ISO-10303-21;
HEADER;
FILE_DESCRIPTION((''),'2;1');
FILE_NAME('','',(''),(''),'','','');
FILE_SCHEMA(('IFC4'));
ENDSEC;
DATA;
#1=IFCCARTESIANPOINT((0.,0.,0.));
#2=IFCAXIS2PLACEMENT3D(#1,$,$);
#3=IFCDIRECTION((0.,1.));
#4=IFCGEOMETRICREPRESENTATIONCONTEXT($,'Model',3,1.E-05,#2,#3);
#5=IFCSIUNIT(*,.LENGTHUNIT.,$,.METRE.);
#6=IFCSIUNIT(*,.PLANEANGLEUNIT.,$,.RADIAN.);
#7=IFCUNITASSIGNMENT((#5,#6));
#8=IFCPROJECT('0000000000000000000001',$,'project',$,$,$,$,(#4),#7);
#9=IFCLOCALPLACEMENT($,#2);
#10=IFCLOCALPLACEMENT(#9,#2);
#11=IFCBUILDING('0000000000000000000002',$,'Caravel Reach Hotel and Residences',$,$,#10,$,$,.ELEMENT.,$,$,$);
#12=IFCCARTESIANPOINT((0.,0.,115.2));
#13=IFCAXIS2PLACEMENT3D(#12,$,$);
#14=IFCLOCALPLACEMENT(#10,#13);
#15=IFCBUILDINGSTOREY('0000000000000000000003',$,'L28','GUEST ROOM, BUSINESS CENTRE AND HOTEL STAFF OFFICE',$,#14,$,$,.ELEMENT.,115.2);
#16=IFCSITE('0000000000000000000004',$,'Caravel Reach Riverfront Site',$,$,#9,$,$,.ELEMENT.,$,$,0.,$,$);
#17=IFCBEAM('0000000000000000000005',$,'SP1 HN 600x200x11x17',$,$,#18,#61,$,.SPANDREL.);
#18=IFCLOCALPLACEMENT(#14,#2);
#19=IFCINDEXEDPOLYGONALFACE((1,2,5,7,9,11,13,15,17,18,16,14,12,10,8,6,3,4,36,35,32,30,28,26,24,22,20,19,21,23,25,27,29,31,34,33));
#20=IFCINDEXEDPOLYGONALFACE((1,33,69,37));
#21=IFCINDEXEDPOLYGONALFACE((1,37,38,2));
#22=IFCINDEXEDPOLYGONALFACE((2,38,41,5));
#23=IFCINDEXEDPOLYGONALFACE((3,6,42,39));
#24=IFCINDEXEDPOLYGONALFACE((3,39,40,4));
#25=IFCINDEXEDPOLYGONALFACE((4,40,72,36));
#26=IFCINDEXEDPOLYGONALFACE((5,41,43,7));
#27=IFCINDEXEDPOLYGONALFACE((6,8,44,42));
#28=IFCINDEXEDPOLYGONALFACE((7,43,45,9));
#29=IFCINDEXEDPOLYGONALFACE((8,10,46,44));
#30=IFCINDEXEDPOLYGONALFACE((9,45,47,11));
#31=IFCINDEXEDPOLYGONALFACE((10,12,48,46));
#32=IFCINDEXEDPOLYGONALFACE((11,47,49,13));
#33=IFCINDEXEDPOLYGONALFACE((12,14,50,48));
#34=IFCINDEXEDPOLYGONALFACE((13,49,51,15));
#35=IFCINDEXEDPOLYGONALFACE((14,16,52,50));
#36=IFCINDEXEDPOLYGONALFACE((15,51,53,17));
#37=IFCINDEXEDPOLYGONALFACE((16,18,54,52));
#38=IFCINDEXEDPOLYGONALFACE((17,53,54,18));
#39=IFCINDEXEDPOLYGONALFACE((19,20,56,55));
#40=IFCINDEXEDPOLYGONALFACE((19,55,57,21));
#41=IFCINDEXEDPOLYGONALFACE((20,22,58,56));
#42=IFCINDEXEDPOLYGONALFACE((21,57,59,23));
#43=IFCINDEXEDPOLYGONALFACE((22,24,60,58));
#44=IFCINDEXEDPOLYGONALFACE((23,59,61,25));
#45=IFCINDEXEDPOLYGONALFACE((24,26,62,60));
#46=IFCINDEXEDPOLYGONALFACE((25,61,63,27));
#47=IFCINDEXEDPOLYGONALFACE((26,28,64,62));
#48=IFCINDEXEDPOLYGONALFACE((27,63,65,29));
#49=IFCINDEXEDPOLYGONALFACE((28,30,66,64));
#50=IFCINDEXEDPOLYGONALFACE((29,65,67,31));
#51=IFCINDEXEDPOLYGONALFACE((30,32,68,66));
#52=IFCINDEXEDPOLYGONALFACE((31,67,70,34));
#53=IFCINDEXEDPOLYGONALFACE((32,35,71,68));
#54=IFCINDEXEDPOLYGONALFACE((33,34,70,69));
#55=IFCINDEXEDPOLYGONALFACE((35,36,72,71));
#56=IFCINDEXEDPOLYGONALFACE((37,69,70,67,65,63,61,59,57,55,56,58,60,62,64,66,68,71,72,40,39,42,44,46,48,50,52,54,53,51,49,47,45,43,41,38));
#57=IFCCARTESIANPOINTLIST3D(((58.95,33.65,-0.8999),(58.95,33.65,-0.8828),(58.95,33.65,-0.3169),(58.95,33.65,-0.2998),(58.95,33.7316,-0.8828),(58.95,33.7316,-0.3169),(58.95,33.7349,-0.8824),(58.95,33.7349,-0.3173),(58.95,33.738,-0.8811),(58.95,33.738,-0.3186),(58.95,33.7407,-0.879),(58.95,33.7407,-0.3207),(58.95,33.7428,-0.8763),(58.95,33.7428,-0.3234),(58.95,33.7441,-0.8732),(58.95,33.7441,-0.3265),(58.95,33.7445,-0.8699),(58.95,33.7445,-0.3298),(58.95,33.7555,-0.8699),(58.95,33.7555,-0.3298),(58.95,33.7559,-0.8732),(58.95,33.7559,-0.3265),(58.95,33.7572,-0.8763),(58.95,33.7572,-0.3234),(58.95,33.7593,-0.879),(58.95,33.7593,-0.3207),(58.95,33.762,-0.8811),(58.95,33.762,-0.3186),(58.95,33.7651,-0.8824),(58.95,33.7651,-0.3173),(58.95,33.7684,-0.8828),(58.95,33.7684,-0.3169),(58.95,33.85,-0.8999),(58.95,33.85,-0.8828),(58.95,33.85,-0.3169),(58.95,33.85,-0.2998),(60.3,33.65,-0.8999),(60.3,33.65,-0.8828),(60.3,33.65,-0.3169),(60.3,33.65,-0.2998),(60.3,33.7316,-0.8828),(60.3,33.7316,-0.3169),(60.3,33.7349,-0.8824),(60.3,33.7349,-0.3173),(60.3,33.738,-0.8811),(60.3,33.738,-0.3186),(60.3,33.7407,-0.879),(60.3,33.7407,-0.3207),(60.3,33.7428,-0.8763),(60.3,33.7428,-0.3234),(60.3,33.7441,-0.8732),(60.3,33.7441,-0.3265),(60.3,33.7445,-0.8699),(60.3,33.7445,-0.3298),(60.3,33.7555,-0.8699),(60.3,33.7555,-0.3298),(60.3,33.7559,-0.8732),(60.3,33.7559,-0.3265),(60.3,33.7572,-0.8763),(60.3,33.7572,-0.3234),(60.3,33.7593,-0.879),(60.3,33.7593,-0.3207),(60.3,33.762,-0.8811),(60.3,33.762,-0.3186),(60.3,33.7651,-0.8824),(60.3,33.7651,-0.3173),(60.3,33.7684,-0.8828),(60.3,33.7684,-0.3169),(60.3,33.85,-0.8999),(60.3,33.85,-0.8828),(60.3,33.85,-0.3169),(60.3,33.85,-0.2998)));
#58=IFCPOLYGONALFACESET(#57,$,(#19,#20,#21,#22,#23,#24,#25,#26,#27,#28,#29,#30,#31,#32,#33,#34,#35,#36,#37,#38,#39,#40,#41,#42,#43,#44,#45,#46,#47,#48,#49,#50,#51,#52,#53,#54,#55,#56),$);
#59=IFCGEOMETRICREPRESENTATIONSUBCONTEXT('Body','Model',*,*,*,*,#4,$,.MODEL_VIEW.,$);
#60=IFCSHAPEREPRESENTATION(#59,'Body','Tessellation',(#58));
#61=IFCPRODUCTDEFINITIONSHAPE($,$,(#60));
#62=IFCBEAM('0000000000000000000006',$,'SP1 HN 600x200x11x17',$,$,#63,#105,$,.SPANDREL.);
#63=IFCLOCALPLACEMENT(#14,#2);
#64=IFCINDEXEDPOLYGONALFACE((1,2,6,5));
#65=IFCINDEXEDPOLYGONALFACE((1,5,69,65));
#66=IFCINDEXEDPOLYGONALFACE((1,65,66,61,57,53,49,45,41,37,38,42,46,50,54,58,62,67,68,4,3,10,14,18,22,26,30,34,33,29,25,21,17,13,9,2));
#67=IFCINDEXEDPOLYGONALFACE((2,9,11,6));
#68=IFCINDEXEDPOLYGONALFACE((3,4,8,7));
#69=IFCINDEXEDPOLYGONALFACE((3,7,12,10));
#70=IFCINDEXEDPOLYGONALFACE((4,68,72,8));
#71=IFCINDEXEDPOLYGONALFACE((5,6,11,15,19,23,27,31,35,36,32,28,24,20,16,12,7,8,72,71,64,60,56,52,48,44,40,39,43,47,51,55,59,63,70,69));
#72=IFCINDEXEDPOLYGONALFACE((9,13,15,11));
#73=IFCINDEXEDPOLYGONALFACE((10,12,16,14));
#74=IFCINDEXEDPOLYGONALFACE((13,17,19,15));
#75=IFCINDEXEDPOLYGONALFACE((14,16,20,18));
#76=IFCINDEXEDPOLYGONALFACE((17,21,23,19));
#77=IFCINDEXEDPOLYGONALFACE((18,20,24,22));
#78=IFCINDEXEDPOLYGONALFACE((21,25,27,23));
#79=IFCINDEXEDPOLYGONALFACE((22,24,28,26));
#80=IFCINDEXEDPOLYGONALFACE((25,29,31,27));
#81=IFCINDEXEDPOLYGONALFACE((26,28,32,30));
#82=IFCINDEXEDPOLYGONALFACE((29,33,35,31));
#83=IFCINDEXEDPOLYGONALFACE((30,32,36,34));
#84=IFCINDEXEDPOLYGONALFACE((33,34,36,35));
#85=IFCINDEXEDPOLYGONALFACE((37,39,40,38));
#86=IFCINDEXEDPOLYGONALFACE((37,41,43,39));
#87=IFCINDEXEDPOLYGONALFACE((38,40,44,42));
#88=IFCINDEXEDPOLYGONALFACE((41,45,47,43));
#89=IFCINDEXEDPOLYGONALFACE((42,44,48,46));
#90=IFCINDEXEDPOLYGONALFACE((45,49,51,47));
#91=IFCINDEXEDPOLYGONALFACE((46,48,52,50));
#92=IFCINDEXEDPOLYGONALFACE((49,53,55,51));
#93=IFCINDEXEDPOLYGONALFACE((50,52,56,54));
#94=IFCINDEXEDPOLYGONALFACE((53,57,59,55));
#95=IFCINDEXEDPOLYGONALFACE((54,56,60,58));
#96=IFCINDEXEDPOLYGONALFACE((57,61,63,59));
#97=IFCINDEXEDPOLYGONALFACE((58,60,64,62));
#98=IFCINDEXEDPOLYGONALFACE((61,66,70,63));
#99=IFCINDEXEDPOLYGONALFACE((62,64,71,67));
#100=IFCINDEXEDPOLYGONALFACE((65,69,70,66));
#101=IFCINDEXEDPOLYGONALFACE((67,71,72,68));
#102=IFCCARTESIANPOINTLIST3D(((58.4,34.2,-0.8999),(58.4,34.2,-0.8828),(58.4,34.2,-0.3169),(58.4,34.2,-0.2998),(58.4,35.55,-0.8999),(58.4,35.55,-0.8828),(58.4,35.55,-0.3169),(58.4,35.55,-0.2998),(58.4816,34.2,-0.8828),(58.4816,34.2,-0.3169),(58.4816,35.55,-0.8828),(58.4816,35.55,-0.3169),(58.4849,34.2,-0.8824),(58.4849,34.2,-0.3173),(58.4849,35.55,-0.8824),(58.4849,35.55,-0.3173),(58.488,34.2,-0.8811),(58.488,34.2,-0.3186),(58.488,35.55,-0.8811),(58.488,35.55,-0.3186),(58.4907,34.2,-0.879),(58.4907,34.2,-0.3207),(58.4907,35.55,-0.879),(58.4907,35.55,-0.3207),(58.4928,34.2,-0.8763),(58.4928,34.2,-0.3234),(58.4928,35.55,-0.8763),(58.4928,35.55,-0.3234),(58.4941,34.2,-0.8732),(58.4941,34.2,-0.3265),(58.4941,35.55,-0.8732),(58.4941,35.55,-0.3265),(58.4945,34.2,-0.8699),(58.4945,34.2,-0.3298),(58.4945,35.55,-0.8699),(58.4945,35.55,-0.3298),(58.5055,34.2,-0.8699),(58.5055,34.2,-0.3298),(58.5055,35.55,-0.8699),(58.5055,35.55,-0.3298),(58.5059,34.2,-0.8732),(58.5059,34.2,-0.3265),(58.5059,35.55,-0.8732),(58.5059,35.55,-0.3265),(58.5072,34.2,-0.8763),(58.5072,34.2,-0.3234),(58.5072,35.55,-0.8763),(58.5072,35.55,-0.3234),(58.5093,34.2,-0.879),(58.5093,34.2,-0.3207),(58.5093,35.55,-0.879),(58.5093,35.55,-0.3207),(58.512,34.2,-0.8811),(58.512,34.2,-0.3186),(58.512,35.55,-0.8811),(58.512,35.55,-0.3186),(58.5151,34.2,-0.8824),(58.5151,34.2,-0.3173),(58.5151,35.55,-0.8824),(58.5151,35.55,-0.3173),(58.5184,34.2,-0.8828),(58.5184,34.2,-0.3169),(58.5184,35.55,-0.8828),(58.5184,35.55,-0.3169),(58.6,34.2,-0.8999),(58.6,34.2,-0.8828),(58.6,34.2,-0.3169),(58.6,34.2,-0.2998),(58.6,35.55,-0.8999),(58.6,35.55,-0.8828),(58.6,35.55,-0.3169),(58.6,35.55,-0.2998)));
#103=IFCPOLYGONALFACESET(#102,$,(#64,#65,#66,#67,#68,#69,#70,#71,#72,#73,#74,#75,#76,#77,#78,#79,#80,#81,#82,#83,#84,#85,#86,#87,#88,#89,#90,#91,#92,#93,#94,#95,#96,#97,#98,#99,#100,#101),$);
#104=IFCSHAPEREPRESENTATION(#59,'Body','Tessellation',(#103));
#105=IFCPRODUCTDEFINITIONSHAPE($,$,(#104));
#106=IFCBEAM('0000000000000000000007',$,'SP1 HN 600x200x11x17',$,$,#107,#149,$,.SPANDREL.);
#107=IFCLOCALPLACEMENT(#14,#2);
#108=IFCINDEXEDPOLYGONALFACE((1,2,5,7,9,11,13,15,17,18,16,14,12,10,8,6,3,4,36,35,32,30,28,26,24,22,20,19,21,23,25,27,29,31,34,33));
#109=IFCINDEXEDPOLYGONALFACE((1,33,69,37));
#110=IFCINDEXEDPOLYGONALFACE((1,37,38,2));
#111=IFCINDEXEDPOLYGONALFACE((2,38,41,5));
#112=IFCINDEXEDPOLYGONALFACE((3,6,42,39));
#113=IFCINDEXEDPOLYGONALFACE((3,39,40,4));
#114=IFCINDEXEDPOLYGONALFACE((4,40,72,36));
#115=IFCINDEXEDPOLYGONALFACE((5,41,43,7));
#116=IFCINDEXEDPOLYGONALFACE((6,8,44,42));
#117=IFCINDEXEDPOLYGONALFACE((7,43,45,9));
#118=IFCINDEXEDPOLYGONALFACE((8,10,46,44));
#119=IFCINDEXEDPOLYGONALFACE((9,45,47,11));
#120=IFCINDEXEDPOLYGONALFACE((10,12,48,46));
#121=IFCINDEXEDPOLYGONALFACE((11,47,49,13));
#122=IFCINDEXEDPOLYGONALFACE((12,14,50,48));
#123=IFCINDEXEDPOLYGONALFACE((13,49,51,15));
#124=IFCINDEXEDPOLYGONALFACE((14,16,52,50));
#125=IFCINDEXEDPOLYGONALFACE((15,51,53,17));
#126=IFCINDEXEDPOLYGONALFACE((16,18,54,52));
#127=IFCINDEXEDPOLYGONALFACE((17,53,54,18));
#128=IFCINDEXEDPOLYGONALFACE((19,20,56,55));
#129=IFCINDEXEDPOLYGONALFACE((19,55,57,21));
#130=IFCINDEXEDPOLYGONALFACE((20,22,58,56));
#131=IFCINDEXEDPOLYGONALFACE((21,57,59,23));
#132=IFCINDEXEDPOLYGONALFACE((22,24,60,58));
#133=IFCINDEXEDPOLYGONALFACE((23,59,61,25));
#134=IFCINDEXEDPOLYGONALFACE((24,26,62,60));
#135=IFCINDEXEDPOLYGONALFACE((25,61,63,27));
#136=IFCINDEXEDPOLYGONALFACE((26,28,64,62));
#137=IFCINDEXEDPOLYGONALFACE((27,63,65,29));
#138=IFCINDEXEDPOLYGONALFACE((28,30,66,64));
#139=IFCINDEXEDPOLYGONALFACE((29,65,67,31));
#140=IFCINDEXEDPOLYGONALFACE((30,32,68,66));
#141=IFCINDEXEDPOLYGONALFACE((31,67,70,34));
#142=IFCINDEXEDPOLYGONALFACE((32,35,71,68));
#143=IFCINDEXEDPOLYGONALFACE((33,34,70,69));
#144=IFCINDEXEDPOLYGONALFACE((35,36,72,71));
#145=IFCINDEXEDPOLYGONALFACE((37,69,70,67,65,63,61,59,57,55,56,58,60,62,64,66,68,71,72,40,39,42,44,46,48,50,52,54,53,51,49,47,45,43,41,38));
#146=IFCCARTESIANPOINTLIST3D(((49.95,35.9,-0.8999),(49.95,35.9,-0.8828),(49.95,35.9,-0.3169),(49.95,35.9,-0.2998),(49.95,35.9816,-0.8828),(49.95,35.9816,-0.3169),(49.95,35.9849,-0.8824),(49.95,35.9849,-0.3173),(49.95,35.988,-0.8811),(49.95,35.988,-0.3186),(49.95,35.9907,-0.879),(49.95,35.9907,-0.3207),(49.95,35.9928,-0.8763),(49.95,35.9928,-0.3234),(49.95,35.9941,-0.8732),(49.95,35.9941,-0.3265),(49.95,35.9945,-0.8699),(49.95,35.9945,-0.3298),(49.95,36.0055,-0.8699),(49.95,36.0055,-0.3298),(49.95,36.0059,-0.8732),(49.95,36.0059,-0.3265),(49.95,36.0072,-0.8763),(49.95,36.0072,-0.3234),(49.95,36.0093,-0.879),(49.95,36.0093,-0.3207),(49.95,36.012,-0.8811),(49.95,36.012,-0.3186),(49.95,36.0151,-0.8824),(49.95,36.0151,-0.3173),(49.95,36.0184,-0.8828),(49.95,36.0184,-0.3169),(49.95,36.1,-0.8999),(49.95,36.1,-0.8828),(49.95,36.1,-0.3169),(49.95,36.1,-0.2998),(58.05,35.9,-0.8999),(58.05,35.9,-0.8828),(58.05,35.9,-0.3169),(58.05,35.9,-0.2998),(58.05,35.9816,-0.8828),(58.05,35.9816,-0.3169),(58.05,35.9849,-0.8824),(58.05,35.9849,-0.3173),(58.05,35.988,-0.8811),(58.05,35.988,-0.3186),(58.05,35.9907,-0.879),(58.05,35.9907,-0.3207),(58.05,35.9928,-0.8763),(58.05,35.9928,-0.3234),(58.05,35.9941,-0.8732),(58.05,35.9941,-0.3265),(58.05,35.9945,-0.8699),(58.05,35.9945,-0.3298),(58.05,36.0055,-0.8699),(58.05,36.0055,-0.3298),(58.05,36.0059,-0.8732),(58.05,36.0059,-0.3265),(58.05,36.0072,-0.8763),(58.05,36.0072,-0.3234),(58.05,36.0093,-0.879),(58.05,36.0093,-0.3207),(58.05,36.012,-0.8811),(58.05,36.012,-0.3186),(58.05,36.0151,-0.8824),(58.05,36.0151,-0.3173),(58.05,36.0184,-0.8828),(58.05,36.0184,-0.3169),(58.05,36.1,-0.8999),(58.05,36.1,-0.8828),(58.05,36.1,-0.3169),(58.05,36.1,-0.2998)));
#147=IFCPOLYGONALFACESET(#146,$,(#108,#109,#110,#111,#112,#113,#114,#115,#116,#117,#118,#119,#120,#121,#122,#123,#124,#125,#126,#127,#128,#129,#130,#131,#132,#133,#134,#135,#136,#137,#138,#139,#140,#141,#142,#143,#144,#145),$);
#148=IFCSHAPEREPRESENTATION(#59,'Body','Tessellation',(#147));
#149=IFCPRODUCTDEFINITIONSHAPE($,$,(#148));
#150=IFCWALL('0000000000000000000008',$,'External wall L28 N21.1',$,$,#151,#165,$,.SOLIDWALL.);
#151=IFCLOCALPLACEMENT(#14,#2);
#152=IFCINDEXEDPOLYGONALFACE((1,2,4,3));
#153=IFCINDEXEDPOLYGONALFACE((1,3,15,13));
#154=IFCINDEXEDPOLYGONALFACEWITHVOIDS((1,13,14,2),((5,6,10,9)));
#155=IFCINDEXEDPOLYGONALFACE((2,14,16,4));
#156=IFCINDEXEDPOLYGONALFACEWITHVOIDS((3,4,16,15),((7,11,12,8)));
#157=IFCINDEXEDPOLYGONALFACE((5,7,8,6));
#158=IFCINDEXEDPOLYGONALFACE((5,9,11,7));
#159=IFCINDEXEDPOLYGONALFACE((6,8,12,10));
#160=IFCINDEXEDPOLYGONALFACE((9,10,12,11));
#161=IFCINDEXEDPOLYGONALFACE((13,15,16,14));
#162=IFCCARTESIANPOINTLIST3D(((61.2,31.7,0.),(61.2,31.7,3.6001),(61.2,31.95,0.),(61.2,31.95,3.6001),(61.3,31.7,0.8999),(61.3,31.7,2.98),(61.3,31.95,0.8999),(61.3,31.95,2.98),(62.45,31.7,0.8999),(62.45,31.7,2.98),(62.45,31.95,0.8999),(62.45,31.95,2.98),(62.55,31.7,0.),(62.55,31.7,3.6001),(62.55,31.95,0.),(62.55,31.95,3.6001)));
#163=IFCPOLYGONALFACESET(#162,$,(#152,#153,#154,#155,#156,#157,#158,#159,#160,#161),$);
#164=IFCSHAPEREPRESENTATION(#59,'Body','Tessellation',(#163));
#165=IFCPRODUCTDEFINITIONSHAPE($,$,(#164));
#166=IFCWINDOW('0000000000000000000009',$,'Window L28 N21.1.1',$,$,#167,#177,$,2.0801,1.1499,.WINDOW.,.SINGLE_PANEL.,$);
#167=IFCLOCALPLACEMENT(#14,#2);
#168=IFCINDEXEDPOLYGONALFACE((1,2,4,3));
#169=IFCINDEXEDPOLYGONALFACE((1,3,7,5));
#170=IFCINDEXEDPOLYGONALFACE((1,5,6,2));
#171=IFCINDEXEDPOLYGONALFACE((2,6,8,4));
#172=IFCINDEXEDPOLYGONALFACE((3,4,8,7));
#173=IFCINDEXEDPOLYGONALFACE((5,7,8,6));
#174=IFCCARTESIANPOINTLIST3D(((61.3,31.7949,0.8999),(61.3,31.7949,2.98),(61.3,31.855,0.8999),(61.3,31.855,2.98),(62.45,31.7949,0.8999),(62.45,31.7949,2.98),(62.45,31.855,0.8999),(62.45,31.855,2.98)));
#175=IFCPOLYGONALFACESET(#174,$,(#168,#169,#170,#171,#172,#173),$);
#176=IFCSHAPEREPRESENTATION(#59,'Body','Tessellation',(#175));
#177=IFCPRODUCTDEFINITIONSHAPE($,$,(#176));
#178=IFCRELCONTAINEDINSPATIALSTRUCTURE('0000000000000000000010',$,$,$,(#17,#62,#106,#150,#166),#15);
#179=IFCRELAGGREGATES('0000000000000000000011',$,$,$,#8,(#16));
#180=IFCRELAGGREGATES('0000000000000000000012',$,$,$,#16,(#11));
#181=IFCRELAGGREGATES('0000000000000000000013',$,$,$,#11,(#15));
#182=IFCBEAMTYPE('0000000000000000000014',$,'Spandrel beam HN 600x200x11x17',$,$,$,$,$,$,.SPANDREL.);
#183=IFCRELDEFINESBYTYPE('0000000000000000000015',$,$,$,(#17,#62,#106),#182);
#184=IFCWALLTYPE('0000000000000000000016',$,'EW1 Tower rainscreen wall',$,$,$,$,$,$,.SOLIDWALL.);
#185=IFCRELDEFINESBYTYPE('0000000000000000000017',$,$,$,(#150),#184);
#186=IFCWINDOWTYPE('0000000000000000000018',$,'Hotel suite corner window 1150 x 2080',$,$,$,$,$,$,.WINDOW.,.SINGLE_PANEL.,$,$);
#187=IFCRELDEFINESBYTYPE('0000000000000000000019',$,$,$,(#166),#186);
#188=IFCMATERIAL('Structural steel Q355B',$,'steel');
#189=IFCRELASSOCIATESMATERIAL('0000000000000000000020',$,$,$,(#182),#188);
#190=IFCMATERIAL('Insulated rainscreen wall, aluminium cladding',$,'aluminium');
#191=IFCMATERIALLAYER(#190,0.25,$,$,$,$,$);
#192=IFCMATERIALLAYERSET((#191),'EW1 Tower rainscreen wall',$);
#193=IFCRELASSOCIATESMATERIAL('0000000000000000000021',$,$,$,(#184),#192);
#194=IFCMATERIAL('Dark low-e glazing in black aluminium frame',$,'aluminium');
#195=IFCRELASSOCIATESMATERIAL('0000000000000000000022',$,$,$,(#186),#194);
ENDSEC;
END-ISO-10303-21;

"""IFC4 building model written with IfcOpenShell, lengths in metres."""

from ifc_helpers import new_model, si_unit, direction, frame, frame_2d, origin, origin_2d, place, context, subcontext, project, spatial, rectangle, i_section, extrude, material, layer, layer_set, material_profile, profile_set, type_object, element, fill, save


model = new_model("IFC4")

# Units and contexts
model_context = context("Model", 3, precision=1e-05, world=origin(), true_north=direction((0.0, 1.0)))
body_context = subcontext(model_context, "Body", "Model", "MODEL_VIEW")
ifc_project = project(units=[si_unit("LENGTHUNIT", "METRE"), si_unit("PLANEANGLEUNIT", "RADIAN")], contexts=[model_context])

# Site, building, storey
site_placement = place(None, origin())
site = spatial("IfcSite", under=ifc_project, at=site_placement, Name="Caravel Reach Riverfront Site", CompositionType="ELEMENT", RefElevation=0.0)
building_placement = place(site_placement, origin())
building = spatial("IfcBuilding", under=site, at=building_placement, Name="Caravel Reach Hotel and Residences", CompositionType="ELEMENT")
storey_placement = place(building_placement, frame((0.0, 0.0, 115.2)))
storey = spatial("IfcBuildingStorey", under=building, at=storey_placement, Name="L28", Description="GUEST ROOM, BUSINESS CENTRE AND HOTEL STAFF OFFICE", CompositionType="ELEMENT", Elevation=115.2)

# Beams
ifc_material_1 = material(Name="Structural steel Q355B", Category="steel")
ifc_material_profile_1 = material_profile(ifc_material_1, i_section(OverallWidth=0.2, OverallDepth=0.6001, WebThickness=0.011, FlangeThickness=0.0171, FilletRadius=0.0129, at=origin_2d()), Name="HN 600x200x11x17")
ifc_profile_set_1 = profile_set([ifc_material_profile_1], Name="Structural steel Q355B")
beam_type = type_object("IfcBeamType", Name="Spandrel beam HN 600x200x11x17", PredefinedType="SPANDREL", material=ifc_profile_set_1)
for number, where, z_axis, x_axis, name in (
    (1, (60.3, 33.75, -0.5999), (-1.0, 0.0, 0.0), (0.0, -1.0, 0.0), "SP1 HN 600x200x11x17"),
    (2, (58.5, 34.2, -0.5999), (0.0, 1.0, 0.0), (-1.0, 0.0, 0.0), "SP1 HN 600x200x11x17"),
):
    element("IfcBeam", number, at=place(storey_placement, frame(where, z_axis=z_axis, x_axis=x_axis)), inside=storey, type_object=beam_type, Name=name, PredefinedType="SPANDREL", context=body_context, shape_type="SweptSolid", body=[
        extrude(i_section(OverallWidth=0.2, OverallDepth=0.6001, WebThickness=0.011, FlangeThickness=0.0171, FilletRadius=0.0129, at=origin_2d()), origin(), (0.0, 0.0, 1.0), 1.3501),
    ])
beam_placement = place(storey_placement, frame((58.05, 36.0, -0.5999), z_axis=(-1.0, 0.0, 0.0), x_axis=(0.0, -1.0, 0.0)))
element("IfcBeam", 3, at=beam_placement, inside=storey, type_object=beam_type, Name="SP1 HN 600x200x11x17", PredefinedType="SPANDREL", context=body_context, shape_type="SweptSolid", body=[
    extrude(i_section(OverallWidth=0.2, OverallDepth=0.6001, WebThickness=0.011, FlangeThickness=0.0171, FilletRadius=0.0129, at=origin_2d()), origin(), (0.0, 0.0, 1.0), 8.1001),
])

# Wall, opening, window
ifc_material_2 = material(Name="Insulated rainscreen wall, aluminium cladding", Category="aluminium")
ifc_layer_1 = layer(ifc_material_2, 0.25)
ifc_layer_set_1 = layer_set([ifc_layer_1], Name="EW1 Tower rainscreen wall")
wall_type_1 = type_object("IfcWallType", Name="EW1 Tower rainscreen wall", PredefinedType="SOLIDWALL", material=ifc_layer_set_1)
wall_1_placement = place(storey_placement, frame((62.55, 31.825, 0.0), z_axis=(0.0, 0.0, 1.0), x_axis=(-1.0, 0.0, 0.0)))
wall_1 = element("IfcWall", 4, at=wall_1_placement, inside=storey, type_object=wall_type_1, Name="External wall L28 N21.1", PredefinedType="SOLIDWALL", context=body_context, shape_type="SweptSolid", body=[
    extrude(rectangle(XDim=1.3501, YDim=0.25, at=frame_2d((0.675, 0.0))), origin(), (0.0, 0.0, 1.0), 3.6001),
])
opening_1_placement = place(wall_1_placement, frame((0.1001, 0.0, 0.8999)))
opening_1 = element("IfcOpeningElement", 5, at=opening_1_placement, cuts=wall_1, PredefinedType="OPENING", context=body_context, shape_type="SweptSolid", body=[
    extrude(rectangle(XDim=1.1499, YDim=2.0801, at=frame_2d((0.575, 1.04))), frame((0.0, 0.135, 0.0), z_axis=(0.0, -1.0, 0.0), x_axis=(1.0, 0.0, 0.0)), (0.0, 0.0, 1.0), 0.27),
])
ifc_material_3 = material(Name="Dark low-e glazing in black aluminium frame", Category="aluminium")
window_type_1 = type_object("IfcWindowType", Name="Hotel suite corner window 1150 x 2080", PartitioningType="SINGLE_PANEL", PredefinedType="WINDOW", material=ifc_material_3)
window_1_placement = place(opening_1_placement, origin())
window_1 = element("IfcWindow", 6, at=window_1_placement, inside=storey, type_object=window_type_1, Name="Window L28 N21.1.1", OverallHeight=2.0801, OverallWidth=1.1499, PartitioningType="SINGLE_PANEL", PredefinedType="WINDOW", context=body_context, shape_type="SweptSolid", body=[
    extrude(rectangle(XDim=1.1499, YDim=2.0801, at=frame_2d((0.575, 1.04))), frame((0.0, 0.03, 0.0), z_axis=(0.0, -1.0, 0.0), x_axis=(1.0, 0.0, 0.0)), (0.0, 0.0, 1.0), 0.0601),
])
fill(opening_1, window_1)

save(model, "model.ifc")
